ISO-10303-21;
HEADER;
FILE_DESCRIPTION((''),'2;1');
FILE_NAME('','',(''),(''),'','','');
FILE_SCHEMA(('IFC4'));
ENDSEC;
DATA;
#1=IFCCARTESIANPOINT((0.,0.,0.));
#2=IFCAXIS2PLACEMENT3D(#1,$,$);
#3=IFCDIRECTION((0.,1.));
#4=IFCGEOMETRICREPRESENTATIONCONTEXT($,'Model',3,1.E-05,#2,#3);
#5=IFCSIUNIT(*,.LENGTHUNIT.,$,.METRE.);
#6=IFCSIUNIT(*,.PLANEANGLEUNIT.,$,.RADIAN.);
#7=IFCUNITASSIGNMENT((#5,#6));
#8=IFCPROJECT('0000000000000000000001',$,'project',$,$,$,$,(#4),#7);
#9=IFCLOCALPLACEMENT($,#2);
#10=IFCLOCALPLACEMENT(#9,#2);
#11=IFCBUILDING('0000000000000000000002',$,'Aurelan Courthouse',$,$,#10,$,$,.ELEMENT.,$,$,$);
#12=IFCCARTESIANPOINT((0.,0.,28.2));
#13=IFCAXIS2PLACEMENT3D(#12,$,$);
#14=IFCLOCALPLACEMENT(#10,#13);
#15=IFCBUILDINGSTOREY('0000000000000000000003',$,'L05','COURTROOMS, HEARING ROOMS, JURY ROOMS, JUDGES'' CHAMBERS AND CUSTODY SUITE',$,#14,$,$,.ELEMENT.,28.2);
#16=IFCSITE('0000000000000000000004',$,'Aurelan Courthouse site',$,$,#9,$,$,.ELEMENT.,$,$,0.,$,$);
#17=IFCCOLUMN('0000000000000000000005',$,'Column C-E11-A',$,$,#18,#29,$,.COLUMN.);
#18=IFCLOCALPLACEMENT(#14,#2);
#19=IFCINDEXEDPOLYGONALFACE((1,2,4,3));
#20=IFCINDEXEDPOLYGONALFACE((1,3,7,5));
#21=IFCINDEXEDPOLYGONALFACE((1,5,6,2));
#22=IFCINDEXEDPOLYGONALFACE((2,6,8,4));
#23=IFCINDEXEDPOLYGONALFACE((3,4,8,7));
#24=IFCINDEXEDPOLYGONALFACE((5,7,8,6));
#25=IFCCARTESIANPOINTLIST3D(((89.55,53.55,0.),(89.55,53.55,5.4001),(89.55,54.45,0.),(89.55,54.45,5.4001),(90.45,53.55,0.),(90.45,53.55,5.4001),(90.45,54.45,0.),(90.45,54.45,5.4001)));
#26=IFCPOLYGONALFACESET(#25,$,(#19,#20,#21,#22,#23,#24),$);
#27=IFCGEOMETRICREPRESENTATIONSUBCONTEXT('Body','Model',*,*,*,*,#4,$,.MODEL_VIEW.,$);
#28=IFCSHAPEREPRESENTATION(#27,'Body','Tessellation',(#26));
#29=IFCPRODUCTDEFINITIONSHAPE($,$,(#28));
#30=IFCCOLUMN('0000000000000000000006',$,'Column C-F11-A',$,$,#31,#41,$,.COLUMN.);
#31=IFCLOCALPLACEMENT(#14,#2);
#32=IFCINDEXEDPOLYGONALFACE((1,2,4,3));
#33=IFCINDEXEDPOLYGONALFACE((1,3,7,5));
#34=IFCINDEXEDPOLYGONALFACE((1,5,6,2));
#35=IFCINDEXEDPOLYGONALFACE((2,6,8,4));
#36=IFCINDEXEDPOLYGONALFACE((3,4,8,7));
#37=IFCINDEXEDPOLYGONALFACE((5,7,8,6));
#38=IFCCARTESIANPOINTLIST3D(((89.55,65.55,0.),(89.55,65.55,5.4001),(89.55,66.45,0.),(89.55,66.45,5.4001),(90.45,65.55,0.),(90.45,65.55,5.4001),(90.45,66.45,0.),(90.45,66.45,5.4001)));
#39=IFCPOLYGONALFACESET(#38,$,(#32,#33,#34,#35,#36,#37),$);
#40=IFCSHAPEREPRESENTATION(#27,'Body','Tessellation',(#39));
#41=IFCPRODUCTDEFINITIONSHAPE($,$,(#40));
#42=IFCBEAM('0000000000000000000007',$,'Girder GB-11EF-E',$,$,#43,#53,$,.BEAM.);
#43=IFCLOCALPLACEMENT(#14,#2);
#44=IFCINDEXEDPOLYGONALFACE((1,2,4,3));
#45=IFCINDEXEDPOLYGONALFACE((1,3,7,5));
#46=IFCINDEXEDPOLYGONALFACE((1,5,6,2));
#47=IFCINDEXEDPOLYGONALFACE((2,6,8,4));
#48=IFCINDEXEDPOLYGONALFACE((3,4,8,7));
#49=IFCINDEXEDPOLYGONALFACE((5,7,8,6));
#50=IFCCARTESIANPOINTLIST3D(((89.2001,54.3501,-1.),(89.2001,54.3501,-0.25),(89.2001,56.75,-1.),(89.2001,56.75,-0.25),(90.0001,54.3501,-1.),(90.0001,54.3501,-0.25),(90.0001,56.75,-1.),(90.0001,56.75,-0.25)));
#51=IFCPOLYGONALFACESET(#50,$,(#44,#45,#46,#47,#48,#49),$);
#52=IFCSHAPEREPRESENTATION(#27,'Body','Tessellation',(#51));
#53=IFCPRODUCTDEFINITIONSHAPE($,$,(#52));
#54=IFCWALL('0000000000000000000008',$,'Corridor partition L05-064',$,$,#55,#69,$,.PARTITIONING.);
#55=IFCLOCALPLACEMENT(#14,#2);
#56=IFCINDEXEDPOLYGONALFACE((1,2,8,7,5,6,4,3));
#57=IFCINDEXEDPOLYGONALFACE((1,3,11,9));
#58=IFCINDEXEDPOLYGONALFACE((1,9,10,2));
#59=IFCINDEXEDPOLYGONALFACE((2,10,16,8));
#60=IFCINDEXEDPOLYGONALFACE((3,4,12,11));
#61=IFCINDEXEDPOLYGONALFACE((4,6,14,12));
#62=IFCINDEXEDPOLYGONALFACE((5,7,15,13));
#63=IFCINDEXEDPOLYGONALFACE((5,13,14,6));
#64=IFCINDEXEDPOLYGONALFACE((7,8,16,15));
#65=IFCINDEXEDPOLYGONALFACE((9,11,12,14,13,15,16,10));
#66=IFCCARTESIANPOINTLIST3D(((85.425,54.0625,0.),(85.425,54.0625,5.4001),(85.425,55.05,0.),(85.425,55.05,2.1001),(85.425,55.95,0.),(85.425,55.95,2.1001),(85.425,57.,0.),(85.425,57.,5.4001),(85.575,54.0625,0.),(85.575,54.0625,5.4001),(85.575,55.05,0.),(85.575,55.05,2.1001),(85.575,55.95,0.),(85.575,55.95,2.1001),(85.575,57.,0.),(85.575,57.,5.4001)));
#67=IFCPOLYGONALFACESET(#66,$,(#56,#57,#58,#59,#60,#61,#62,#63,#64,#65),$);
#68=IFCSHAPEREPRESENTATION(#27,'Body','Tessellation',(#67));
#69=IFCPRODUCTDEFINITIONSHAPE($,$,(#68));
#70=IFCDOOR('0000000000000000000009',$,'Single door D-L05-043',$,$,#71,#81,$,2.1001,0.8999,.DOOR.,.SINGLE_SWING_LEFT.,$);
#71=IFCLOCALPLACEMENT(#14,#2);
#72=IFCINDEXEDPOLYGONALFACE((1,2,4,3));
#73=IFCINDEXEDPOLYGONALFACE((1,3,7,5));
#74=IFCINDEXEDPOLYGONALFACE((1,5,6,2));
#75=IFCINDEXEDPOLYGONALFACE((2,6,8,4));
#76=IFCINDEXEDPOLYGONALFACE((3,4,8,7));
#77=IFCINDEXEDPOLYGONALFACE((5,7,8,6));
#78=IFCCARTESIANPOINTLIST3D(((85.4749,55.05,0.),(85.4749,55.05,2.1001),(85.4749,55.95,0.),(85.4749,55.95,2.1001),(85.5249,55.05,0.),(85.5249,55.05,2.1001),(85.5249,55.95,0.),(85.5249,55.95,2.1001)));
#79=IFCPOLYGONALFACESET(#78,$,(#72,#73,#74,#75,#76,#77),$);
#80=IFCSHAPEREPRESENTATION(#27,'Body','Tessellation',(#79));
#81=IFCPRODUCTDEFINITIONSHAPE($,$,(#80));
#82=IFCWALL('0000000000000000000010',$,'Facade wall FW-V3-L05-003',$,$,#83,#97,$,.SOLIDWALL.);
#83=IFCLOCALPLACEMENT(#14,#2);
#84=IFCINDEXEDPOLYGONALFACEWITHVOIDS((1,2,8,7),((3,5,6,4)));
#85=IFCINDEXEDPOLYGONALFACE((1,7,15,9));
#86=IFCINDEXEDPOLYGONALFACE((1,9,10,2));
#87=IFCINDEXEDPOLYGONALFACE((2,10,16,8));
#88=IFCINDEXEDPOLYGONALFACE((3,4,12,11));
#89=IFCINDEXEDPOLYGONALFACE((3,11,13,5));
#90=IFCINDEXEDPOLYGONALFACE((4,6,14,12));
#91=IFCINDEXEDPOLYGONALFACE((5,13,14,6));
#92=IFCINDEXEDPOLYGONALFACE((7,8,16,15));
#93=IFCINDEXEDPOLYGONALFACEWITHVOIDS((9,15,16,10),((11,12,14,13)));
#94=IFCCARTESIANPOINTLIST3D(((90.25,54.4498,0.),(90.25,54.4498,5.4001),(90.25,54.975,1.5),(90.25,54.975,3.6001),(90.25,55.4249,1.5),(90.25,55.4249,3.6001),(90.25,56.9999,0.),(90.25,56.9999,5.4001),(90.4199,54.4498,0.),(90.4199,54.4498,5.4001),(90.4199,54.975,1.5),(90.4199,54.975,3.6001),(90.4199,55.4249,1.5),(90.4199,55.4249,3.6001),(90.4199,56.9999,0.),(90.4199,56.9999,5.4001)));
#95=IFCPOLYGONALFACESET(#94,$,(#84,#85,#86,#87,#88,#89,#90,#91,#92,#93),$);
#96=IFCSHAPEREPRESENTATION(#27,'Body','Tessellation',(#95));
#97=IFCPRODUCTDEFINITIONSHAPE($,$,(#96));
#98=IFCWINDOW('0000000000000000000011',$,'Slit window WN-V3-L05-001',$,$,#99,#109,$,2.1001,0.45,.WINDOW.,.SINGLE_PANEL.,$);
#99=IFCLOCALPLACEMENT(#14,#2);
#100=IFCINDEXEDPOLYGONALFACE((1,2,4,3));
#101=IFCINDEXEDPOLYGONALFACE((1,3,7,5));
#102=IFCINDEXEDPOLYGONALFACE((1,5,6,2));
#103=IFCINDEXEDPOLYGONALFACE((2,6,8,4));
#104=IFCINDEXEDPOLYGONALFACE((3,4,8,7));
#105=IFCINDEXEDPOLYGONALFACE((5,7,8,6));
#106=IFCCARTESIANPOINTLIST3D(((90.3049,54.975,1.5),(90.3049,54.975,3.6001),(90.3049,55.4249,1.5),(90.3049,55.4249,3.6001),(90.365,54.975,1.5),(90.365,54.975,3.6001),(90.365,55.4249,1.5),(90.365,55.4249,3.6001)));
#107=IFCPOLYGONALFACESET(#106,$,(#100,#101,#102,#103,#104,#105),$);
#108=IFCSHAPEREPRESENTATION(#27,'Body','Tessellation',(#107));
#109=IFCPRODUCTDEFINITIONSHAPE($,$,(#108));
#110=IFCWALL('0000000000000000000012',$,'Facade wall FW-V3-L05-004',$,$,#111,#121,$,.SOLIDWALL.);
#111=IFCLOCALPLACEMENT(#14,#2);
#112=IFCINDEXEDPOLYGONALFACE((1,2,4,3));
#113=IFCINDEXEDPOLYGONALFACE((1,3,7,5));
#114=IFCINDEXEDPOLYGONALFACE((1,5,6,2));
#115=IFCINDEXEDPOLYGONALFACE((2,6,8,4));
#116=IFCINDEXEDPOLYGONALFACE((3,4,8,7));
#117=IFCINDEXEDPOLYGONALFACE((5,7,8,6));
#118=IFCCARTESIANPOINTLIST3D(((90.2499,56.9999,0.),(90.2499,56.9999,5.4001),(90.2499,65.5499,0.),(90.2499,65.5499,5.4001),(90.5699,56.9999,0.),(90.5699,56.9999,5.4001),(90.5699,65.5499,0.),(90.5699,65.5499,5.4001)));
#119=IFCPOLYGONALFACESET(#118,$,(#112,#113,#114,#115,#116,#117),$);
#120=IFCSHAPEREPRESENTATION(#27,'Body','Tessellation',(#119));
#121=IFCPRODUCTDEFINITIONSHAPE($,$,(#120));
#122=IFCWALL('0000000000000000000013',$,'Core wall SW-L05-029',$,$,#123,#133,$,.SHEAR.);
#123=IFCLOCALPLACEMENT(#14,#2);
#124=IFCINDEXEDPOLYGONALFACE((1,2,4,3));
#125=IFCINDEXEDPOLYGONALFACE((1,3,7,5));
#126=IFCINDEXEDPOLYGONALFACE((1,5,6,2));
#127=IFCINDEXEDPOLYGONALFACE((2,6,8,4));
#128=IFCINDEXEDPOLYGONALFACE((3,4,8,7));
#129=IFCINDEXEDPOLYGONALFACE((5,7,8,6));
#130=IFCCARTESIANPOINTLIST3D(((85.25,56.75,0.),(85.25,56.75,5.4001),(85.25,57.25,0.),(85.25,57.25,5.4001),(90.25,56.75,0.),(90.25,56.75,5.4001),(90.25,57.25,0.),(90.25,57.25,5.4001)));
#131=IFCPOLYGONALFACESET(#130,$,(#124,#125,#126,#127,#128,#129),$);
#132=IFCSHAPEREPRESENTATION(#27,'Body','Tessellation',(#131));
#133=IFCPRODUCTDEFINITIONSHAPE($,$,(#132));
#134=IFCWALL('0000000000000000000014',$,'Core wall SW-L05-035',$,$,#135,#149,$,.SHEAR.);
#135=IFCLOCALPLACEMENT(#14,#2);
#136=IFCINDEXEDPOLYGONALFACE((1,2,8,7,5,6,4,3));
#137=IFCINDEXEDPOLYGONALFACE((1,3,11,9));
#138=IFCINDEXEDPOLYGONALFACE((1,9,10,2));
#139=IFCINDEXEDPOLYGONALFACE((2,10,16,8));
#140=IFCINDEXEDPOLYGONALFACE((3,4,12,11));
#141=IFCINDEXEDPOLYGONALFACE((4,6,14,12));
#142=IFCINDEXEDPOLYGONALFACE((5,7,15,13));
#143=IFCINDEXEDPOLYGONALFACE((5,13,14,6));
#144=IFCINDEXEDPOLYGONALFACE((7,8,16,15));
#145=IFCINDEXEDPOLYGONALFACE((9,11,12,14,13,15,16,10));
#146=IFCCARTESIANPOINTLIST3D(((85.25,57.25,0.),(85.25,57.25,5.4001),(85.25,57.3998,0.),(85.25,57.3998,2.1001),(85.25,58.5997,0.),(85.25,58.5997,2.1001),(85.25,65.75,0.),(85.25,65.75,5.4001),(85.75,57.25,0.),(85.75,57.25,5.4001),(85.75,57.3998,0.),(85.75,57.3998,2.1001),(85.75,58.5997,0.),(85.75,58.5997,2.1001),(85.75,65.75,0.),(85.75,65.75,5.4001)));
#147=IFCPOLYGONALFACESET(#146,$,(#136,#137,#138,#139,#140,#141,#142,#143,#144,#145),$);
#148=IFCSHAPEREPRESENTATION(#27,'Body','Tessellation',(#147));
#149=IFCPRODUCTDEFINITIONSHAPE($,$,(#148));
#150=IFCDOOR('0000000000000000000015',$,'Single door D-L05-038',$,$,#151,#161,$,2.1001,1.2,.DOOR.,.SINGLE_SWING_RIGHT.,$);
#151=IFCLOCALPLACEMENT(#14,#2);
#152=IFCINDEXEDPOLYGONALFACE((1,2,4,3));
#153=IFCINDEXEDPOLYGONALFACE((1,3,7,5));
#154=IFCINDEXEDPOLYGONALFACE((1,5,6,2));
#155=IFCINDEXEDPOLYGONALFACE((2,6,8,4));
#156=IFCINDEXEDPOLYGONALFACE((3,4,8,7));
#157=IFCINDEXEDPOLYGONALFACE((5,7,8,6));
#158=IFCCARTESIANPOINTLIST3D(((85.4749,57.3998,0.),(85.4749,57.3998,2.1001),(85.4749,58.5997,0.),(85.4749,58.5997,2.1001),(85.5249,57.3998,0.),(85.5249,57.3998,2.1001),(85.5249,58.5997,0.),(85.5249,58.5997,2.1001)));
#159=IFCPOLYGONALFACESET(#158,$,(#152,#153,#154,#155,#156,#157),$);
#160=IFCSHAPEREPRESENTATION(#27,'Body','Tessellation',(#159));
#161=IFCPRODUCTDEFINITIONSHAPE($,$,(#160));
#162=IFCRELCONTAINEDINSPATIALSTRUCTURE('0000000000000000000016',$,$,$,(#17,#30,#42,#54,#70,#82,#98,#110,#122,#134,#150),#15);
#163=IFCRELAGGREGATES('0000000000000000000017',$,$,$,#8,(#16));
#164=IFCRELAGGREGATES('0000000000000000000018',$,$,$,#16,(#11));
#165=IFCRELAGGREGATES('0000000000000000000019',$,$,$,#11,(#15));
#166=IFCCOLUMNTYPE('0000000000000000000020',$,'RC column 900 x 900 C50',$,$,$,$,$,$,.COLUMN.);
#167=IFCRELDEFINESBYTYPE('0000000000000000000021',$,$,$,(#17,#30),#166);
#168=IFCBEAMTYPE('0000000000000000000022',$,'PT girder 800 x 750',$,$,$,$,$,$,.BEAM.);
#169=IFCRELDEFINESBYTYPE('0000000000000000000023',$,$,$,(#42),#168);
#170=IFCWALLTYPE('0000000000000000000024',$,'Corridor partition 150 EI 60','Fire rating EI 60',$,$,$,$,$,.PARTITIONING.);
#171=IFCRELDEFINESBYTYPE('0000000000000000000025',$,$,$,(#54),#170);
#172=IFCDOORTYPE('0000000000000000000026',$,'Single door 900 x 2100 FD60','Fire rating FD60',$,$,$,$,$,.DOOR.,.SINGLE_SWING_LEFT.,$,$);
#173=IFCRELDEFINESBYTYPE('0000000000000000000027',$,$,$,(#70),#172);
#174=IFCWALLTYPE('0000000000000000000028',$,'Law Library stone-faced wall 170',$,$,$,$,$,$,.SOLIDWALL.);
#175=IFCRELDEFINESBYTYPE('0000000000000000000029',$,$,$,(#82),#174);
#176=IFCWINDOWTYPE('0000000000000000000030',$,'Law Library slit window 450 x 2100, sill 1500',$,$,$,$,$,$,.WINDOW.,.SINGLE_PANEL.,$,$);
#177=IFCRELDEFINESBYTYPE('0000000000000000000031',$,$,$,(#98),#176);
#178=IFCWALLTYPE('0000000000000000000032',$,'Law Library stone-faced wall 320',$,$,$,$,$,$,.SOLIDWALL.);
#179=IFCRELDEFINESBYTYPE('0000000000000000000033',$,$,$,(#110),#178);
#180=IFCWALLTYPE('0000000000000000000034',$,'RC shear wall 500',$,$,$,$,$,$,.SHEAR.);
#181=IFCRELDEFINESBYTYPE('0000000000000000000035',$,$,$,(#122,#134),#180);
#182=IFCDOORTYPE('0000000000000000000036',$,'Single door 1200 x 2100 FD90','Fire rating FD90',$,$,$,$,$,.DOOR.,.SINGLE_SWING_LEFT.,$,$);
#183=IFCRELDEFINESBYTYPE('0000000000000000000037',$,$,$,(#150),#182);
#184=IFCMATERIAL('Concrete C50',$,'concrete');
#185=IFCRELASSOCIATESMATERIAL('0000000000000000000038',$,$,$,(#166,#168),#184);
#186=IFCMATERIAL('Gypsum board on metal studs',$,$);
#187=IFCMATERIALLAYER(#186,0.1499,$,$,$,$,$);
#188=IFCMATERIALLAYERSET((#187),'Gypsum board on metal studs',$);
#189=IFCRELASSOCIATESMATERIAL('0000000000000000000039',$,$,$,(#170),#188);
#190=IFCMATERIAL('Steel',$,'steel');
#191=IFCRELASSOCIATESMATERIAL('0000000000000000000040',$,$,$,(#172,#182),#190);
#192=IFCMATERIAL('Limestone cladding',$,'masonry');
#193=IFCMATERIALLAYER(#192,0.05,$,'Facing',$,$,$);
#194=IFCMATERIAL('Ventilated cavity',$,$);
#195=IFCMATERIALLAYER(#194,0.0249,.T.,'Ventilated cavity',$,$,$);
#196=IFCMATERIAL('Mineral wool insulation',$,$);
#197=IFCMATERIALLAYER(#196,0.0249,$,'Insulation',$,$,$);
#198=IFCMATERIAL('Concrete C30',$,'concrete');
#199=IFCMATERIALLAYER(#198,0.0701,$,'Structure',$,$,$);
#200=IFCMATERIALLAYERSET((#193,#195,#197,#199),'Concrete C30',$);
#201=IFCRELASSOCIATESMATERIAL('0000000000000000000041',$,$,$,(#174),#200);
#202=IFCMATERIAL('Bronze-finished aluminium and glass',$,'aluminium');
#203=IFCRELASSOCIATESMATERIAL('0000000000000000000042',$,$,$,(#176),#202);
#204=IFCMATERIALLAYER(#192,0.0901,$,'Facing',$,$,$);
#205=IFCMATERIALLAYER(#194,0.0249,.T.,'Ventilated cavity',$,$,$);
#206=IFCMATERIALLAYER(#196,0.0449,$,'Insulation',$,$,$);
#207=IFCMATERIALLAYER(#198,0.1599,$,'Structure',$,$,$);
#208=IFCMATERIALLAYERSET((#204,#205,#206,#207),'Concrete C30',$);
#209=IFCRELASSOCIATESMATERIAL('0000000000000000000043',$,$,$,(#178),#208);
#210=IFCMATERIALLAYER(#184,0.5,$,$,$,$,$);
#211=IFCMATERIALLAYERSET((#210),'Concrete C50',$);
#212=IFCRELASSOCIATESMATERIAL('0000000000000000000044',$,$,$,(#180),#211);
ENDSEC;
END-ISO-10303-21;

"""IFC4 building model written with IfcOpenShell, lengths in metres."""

from ifc_helpers import new_model, si_unit, direction, frame, frame_2d, origin, origin_2d, place, context, subcontext, project, spatial, rectangle, extrude, material, layer, layer_set, material_profile, profile_set, type_object, element, fill, save


model = new_model("IFC4")

# Units and contexts
model_context = context("Model", 3, precision=1e-05, world=origin(), true_north=direction((0.0, 1.0)))
body_context = subcontext(model_context, "Body", "Model", "MODEL_VIEW")
ifc_project = project(units=[si_unit("LENGTHUNIT", "METRE"), si_unit("PLANEANGLEUNIT", "RADIAN")], contexts=[model_context])

# Site, building, storey
site_placement = place(None, origin())
site = spatial("IfcSite", under=ifc_project, at=site_placement, Name="Aurelan Courthouse site", CompositionType="ELEMENT", RefElevation=0.0)
building_placement = place(site_placement, origin())
building = spatial("IfcBuilding", under=site, at=building_placement, Name="Aurelan Courthouse", CompositionType="ELEMENT")
storey_placement = place(building_placement, frame((0.0, 0.0, 28.2)))
storey = spatial("IfcBuildingStorey", under=building, at=storey_placement, Name="L05", Description="COURTROOMS, HEARING ROOMS, JURY ROOMS, JUDGES' CHAMBERS AND CUSTODY SUITE", CompositionType="ELEMENT", Elevation=28.2)

# Columns
ifc_material_1 = material(Name="Concrete C50", Category="concrete")
ifc_material_profile_1 = material_profile(ifc_material_1, rectangle(XDim=0.8999, YDim=0.8999, at=origin_2d()), Name="RC 900 x 900")
ifc_profile_set_1 = profile_set([ifc_material_profile_1], Name="Concrete C50")
column_type = type_object("IfcColumnType", Name="RC column 900 x 900 C50", PredefinedType="COLUMN", material=ifc_profile_set_1)
for number, where, z_axis, x_axis, name in (
    (1, (90.0, 54.0, 0.0), (0.0, 0.0, 1.0), (1.0, 0.0, 0.0), "Column C-E11-A"),
    (2, (90.0, 66.0, 0.0), (0.0, 0.0, 1.0), (1.0, 0.0, 0.0), "Column C-F11-A"),
):
    element("IfcColumn", number, at=place(storey_placement, frame(where, z_axis=z_axis, x_axis=x_axis)), inside=storey, type_object=column_type, Name=name, PredefinedType="COLUMN", context=body_context, shape_type="SweptSolid", body=[
        extrude(rectangle(XDim=0.8999, YDim=0.8999, at=origin_2d()), origin(), (0.0, 0.0, 1.0), 5.4001),
    ])

# Beam
ifc_material_profile_2 = material_profile(ifc_material_1, rectangle(XDim=0.8, YDim=0.75, at=origin_2d()), Name="RC 800 x 750")
ifc_profile_set_2 = profile_set([ifc_material_profile_2], Name="Concrete C50")
beam_type = type_object("IfcBeamType", Name="PT girder 800 x 750", PredefinedType="BEAM", material=ifc_profile_set_2)
beam_placement = place(storey_placement, frame((89.6001, 54.3501, -0.625), z_axis=(0.0, 1.0, 0.0), x_axis=(-1.0, 0.0, 0.0)))
element("IfcBeam", 3, at=beam_placement, inside=storey, type_object=beam_type, Name="Girder GB-11EF-E", PredefinedType="BEAM", context=body_context, shape_type="SweptSolid", body=[
    extrude(rectangle(XDim=0.8, YDim=0.75, at=origin_2d()), origin(), (0.0, 0.0, 1.0), 2.3999),
])

# Wall, opening, door
ifc_material_2 = material(Name="Gypsum board on metal studs")
ifc_layer_1 = layer(ifc_material_2, 0.1499)
ifc_layer_set_1 = layer_set([ifc_layer_1], Name="Gypsum board on metal studs")
wall_type_1 = type_object("IfcWallType", Name="Corridor partition 150 EI 60", Description="Fire rating EI 60", PredefinedType="PARTITIONING", material=ifc_layer_set_1)
wall_1_placement = place(storey_placement, frame((85.5, 54.0625, 0.0), z_axis=(0.0, 0.0, 1.0), x_axis=(0.0, 1.0, 0.0)))
wall_1 = element("IfcWall", 4, at=wall_1_placement, inside=storey, type_object=wall_type_1, Name="Corridor partition L05-064", PredefinedType="PARTITIONING", context=body_context, shape_type="SweptSolid", body=[
    extrude(rectangle(XDim=2.9375, YDim=0.1499, at=frame_2d((1.4688, 0.0))), origin(), (0.0, 0.0, 1.0), 5.4001),
])
opening_1_placement = place(wall_1_placement, frame((1.8875, 0.0, 0.0), z_axis=(0.0, 0.0, 1.0), x_axis=(-1.0, 0.0, 0.0)))
opening_1 = element("IfcOpeningElement", 5, at=opening_1_placement, cuts=wall_1, PredefinedType="OPENING", context=body_context, shape_type="SweptSolid", body=[
    extrude(rectangle(XDim=0.8999, YDim=2.1001, at=frame_2d((0.45, 1.05))), frame((0.0, 0.085, 0.0), z_axis=(0.0, -1.0, 0.0), x_axis=(1.0, 0.0, 0.0)), (0.0, 0.0, 1.0), 0.1699),
])
ifc_material_3 = material(Name="Steel", Category="steel")
door_type_1 = type_object("IfcDoorType", Name="Single door 900 x 2100 FD60", Description="Fire rating FD60", OperationType="SINGLE_SWING_LEFT", PredefinedType="DOOR", material=ifc_material_3)
door_1_placement = place(opening_1_placement, origin())
door_1 = element("IfcDoor", 6, at=door_1_placement, inside=storey, type_object=door_type_1, Name="Single door D-L05-043", OperationType="SINGLE_SWING_LEFT", OverallHeight=2.1001, OverallWidth=0.8999, PredefinedType="DOOR", context=body_context, shape_type="SweptSolid", body=[
    extrude(rectangle(XDim=0.8999, YDim=2.1001, at=frame_2d((0.45, 1.05))), frame((0.0, 0.0249, 0.0), z_axis=(0.0, -1.0, 0.0), x_axis=(1.0, 0.0, 0.0)), (0.0, 0.0, 1.0), 0.05),
])
fill(opening_1, door_1)

# Wall, opening, window
ifc_material_4 = material(Name="Limestone cladding", Category="masonry")
ifc_layer_2 = layer(ifc_material_4, 0.05, Name="Facing")
ifc_material_5 = material(Name="Ventilated cavity")
ifc_layer_3 = layer(ifc_material_5, 0.0249, ventilated=True, Name="Ventilated cavity")
ifc_material_6 = material(Name="Mineral wool insulation")
ifc_layer_4 = layer(ifc_material_6, 0.0249, Name="Insulation")
ifc_material_7 = material(Name="Concrete C30", Category="concrete")
ifc_layer_5 = layer(ifc_material_7, 0.0701, Name="Structure")
ifc_layer_set_2 = layer_set([ifc_layer_2, ifc_layer_3, ifc_layer_4, ifc_layer_5], Name="Concrete C30")
wall_type_2 = type_object("IfcWallType", Name="Law Library stone-faced wall 170", PredefinedType="SOLIDWALL", material=ifc_layer_set_2)
wall_2_placement = place(storey_placement, frame((90.335, 54.45, 0.0), z_axis=(0.0, 0.0, 1.0), x_axis=(0.0, 1.0, 0.0)))
wall_2 = element("IfcWall", 7, at=wall_2_placement, inside=storey, type_object=wall_type_2, Name="Facade wall FW-V3-L05-003", PredefinedType="SOLIDWALL", context=body_context, shape_type="SweptSolid", body=[
    extrude(rectangle(XDim=2.55, YDim=0.1699, at=frame_2d((1.2749, 0.0))), origin(), (0.0, 0.0, 1.0), 5.4001),
])
opening_2_placement = place(wall_2_placement, frame((0.5249, 0.0, 1.5)))
opening_2 = element("IfcOpeningElement", 8, at=opening_2_placement, cuts=wall_2, PredefinedType="OPENING", context=body_context, shape_type="SweptSolid", body=[
    extrude(rectangle(XDim=0.45, YDim=2.1001, at=frame_2d((0.2251, 1.05))), frame((0.0, 0.095, 0.0), z_axis=(0.0, -1.0, 0.0), x_axis=(1.0, 0.0, 0.0)), (0.0, 0.0, 1.0), 0.1899),
])
ifc_material_8 = material(Name="Bronze-finished aluminium and glass", Category="aluminium")
window_type = type_object("IfcWindowType", Name="Law Library slit window 450 x 2100, sill 1500", PartitioningType="SINGLE_PANEL", PredefinedType="WINDOW", material=ifc_material_8)
window_placement = place(opening_2_placement, origin())
window = element("IfcWindow", 9, at=window_placement, inside=storey, type_object=window_type, Name="Slit window WN-V3-L05-001", OverallHeight=2.1001, OverallWidth=0.45, PartitioningType="SINGLE_PANEL", PredefinedType="WINDOW", context=body_context, shape_type="SweptSolid", body=[
    extrude(rectangle(XDim=0.45, YDim=2.1001, at=frame_2d((0.2251, 1.05))), frame((0.0, 0.03, 0.0), z_axis=(0.0, -1.0, 0.0), x_axis=(1.0, 0.0, 0.0)), (0.0, 0.0, 1.0), 0.0601),
])
fill(opening_2, window)

# Walls
ifc_layer_6 = layer(ifc_material_4, 0.0901, Name="Facing")
ifc_layer_7 = layer(ifc_material_5, 0.0249, ventilated=True, Name="Ventilated cavity")
ifc_layer_8 = layer(ifc_material_6, 0.0449, Name="Insulation")
ifc_layer_9 = layer(ifc_material_7, 0.1599, Name="Structure")
ifc_layer_set_3 = layer_set([ifc_layer_6, ifc_layer_7, ifc_layer_8, ifc_layer_9], Name="Concrete C30")
wall_type_3 = type_object("IfcWallType", Name="Law Library stone-faced wall 320", PredefinedType="SOLIDWALL", material=ifc_layer_set_3)
wall_3_placement = place(storey_placement, frame((90.4099, 57.0, 0.0), z_axis=(0.0, 0.0, 1.0), x_axis=(0.0, 1.0, 0.0)))
element("IfcWall", 10, at=wall_3_placement, inside=storey, type_object=wall_type_3, Name="Facade wall FW-V3-L05-004", PredefinedType="SOLIDWALL", context=body_context, shape_type="SweptSolid", body=[
    extrude(rectangle(XDim=8.55, YDim=0.3201, at=frame_2d((4.2749, 0.0))), origin(), (0.0, 0.0, 1.0), 5.4001),
])
ifc_layer_10 = layer(ifc_material_1, 0.5)
ifc_layer_set_4 = layer_set([ifc_layer_10], Name="Concrete C50")
wall_type_4 = type_object("IfcWallType", Name="RC shear wall 500", PredefinedType="SHEAR", material=ifc_layer_set_4)
wall_4_placement = place(storey_placement, frame((85.25, 57.0, 0.0), z_axis=(0.0, 0.0, 1.0), x_axis=(1.0, 0.0, 0.0)))
element("IfcWall", 11, at=wall_4_placement, inside=storey, type_object=wall_type_4, Name="Core wall SW-L05-029", PredefinedType="SHEAR", context=body_context, shape_type="SweptSolid", body=[
    extrude(rectangle(XDim=5.0, YDim=0.5, at=frame_2d((2.5, 0.0))), origin(), (0.0, 0.0, 1.0), 5.4001),
])

# Wall, opening, door
wall_5_placement = place(storey_placement, frame((85.5, 57.25, 0.0), z_axis=(0.0, 0.0, 1.0), x_axis=(0.0, 1.0, 0.0)))
wall_5 = element("IfcWall", 12, at=wall_5_placement, inside=storey, type_object=wall_type_4, Name="Core wall SW-L05-035", PredefinedType="SHEAR", context=body_context, shape_type="SweptSolid", body=[
    extrude(rectangle(XDim=8.5, YDim=0.5, at=frame_2d((4.25, 0.0))), origin(), (0.0, 0.0, 1.0), 5.4001),
])
opening_3_placement = place(wall_5_placement, frame((1.3499, 0.0, 0.0), z_axis=(0.0, 0.0, 1.0), x_axis=(-1.0, 0.0, 0.0)))
opening_3 = element("IfcOpeningElement", 13, at=opening_3_placement, cuts=wall_5, PredefinedType="OPENING", context=body_context, shape_type="SweptSolid", body=[
    extrude(rectangle(XDim=1.2, YDim=2.1001, at=frame_2d((0.6001, 1.05))), frame((0.0, 0.26, 0.0), z_axis=(0.0, -1.0, 0.0), x_axis=(1.0, 0.0, 0.0)), (0.0, 0.0, 1.0), 0.52),
])
door_type_2 = type_object("IfcDoorType", Name="Single door 1200 x 2100 FD90", Description="Fire rating FD90", OperationType="SINGLE_SWING_LEFT", PredefinedType="DOOR", material=ifc_material_3)
door_2_placement = place(opening_3_placement, origin())
door_2 = element("IfcDoor", 14, at=door_2_placement, inside=storey, type_object=door_type_2, Name="Single door D-L05-038", OperationType="SINGLE_SWING_RIGHT", OverallHeight=2.1001, OverallWidth=1.2, PredefinedType="DOOR", context=body_context, shape_type="SweptSolid", body=[
    extrude(rectangle(XDim=1.2, YDim=2.1001, at=frame_2d((0.6001, 1.05))), frame((0.0, 0.0249, 0.0), z_axis=(0.0, -1.0, 0.0), x_axis=(1.0, 0.0, 0.0)), (0.0, 0.0, 1.0), 0.05),
])
fill(opening_3, door_2)

save(model, "model.ifc")
